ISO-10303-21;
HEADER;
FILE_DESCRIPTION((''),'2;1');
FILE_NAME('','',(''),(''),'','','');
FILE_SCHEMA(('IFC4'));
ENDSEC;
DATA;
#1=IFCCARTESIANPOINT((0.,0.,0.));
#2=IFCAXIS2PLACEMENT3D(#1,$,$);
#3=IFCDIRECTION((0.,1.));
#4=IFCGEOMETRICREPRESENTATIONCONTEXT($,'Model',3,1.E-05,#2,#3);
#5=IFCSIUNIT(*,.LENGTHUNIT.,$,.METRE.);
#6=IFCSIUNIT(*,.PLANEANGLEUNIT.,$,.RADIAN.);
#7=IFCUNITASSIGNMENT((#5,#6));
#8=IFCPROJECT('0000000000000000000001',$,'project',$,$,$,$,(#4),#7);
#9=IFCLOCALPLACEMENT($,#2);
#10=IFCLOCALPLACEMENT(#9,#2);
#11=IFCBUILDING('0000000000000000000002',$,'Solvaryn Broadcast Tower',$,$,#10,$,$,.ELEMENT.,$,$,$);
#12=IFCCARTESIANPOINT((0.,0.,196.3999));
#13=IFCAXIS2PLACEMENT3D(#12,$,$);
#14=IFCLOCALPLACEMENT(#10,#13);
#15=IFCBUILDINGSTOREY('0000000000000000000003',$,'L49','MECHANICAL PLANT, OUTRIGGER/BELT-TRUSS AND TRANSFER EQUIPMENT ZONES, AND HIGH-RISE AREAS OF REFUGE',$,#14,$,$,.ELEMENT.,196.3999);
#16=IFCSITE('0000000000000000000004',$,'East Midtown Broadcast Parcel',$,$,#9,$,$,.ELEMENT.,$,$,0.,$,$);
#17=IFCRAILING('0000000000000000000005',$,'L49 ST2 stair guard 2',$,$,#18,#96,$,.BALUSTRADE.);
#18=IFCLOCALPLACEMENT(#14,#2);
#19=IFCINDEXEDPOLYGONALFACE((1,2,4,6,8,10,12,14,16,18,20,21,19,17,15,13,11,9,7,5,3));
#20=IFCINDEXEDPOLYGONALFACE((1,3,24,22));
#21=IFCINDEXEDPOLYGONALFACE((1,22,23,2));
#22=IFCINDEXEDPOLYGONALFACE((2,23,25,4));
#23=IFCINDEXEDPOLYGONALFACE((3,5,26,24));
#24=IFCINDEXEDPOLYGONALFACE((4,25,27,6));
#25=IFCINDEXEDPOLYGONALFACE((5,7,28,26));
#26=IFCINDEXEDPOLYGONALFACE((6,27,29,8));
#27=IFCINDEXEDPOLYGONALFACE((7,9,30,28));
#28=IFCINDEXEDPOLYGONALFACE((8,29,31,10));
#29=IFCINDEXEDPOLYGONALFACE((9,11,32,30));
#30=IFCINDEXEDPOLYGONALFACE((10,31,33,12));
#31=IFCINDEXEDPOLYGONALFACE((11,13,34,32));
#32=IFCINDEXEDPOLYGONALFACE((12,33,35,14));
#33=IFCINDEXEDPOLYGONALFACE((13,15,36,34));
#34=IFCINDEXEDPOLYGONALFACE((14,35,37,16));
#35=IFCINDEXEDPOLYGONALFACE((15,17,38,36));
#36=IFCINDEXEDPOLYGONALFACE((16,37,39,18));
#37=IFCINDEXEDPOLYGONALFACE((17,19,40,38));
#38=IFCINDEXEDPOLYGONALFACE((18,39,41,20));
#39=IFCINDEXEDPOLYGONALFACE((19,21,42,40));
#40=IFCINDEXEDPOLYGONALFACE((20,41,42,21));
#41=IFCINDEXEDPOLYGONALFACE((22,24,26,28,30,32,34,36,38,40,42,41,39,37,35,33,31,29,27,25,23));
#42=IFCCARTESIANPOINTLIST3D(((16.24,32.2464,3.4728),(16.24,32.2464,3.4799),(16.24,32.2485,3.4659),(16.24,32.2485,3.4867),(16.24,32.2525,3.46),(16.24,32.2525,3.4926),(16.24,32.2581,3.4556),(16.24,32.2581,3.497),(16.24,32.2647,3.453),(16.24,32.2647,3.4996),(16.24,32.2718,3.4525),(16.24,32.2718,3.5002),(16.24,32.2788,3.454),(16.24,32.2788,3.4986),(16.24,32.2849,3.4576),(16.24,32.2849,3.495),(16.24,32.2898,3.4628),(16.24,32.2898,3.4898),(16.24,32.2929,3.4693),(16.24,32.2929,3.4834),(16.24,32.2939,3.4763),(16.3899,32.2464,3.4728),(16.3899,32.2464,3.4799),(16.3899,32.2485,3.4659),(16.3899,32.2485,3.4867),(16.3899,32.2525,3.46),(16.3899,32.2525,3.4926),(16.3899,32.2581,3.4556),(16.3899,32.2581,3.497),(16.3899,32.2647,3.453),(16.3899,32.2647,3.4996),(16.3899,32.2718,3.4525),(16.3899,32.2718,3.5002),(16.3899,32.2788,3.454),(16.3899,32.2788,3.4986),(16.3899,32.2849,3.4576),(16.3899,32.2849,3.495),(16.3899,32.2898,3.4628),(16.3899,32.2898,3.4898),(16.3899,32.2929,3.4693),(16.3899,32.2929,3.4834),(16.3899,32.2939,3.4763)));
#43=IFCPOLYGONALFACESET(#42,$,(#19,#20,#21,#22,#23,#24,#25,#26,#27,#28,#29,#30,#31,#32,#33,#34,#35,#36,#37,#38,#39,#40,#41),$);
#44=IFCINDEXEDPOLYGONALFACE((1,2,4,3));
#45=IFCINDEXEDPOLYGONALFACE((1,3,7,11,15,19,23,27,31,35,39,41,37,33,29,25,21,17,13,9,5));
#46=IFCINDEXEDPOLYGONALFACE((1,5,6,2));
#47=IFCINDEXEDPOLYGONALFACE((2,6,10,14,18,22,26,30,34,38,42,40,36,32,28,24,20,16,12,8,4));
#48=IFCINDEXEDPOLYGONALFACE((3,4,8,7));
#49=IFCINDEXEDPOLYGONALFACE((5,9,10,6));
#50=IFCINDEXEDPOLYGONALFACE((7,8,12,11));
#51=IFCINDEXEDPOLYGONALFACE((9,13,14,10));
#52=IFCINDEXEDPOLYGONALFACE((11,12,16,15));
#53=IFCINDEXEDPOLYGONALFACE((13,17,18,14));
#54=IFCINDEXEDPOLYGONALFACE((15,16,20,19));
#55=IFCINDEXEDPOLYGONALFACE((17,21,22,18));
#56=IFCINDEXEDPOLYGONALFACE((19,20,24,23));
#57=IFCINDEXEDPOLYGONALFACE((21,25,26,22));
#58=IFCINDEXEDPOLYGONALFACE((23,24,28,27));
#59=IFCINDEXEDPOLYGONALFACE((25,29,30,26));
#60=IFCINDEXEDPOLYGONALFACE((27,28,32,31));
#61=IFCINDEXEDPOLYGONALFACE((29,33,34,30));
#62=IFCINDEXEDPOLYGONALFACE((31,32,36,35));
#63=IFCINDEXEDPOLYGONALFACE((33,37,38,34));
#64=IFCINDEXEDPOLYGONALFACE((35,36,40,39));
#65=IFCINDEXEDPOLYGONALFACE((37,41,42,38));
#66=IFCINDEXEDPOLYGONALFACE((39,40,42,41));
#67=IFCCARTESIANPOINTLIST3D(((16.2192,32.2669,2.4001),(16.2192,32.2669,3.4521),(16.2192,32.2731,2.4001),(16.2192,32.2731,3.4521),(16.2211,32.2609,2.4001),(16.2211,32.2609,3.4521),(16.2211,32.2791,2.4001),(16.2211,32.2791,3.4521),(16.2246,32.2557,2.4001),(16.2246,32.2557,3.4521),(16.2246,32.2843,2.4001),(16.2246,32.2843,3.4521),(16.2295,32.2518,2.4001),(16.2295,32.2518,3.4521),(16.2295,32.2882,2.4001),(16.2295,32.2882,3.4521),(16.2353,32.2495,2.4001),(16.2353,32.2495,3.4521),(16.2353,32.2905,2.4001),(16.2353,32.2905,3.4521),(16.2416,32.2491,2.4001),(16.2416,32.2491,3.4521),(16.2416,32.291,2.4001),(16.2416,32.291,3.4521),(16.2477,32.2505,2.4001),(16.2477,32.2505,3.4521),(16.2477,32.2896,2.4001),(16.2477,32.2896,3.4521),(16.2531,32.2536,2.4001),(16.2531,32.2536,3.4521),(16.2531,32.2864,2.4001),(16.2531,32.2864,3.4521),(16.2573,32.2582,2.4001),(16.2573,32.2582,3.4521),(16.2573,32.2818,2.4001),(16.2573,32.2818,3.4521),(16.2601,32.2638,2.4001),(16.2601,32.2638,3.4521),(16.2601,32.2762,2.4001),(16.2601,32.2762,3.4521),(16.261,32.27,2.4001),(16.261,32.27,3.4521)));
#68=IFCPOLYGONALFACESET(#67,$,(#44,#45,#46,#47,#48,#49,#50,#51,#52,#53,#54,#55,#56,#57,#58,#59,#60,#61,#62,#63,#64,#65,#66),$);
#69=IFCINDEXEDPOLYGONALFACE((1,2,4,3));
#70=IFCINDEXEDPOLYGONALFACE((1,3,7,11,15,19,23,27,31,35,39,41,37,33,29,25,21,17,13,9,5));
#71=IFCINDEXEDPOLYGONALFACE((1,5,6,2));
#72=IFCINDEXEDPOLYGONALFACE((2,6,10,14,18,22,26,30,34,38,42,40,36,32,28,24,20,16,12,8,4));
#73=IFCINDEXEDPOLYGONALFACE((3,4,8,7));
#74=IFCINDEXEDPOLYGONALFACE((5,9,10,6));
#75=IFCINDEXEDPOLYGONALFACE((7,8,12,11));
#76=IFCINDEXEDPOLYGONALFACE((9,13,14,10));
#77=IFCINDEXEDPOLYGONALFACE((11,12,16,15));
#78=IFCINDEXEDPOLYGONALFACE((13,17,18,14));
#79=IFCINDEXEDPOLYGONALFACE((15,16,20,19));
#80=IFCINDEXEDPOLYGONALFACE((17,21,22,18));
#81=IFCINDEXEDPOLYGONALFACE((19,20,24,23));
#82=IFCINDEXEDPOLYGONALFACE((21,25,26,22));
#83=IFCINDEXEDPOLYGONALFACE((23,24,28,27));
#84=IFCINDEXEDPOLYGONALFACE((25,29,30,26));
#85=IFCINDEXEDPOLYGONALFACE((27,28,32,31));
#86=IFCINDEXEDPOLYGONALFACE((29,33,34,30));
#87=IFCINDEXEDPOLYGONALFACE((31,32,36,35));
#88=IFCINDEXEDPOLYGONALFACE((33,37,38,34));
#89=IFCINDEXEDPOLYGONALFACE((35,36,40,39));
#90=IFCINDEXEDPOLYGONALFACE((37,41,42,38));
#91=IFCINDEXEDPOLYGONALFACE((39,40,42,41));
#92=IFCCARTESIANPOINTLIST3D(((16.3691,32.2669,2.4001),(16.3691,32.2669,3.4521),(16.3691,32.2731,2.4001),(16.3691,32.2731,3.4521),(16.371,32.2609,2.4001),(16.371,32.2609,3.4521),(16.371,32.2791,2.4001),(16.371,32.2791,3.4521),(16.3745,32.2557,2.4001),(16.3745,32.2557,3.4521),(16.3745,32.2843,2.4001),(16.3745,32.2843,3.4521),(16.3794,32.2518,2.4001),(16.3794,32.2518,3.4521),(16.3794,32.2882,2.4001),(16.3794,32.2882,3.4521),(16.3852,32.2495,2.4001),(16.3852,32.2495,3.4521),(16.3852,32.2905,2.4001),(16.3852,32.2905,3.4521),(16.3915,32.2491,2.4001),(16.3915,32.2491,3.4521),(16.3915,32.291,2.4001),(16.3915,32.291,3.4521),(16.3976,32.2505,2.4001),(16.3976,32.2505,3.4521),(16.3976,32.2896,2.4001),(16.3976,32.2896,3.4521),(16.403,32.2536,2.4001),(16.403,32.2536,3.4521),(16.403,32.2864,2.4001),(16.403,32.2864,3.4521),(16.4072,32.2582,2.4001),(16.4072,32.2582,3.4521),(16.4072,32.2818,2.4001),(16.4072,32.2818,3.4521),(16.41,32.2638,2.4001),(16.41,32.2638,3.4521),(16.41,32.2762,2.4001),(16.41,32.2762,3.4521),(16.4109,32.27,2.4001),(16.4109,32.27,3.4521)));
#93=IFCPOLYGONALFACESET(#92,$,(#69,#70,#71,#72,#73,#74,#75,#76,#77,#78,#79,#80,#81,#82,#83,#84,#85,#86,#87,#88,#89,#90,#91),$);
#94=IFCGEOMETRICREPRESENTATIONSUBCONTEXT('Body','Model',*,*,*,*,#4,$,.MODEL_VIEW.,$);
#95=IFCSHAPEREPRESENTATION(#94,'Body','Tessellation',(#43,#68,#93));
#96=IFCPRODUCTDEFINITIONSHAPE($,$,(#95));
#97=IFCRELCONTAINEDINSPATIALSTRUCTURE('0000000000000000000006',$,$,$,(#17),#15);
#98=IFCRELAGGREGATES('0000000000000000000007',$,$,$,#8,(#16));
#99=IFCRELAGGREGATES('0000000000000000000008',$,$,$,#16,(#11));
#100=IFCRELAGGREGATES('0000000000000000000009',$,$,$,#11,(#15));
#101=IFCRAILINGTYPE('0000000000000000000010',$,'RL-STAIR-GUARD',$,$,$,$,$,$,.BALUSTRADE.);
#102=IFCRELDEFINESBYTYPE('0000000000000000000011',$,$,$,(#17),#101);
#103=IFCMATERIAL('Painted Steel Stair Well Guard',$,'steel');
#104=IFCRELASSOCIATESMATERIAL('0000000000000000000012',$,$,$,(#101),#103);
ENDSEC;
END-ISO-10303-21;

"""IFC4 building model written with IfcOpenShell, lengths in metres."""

from ifc_helpers import new_model, si_unit, direction, frame, origin, origin_2d, place, context, subcontext, project, spatial, circle, extrude, material, type_object, element, save


model = new_model("IFC4")

# Units and contexts
model_context = context("Model", 3, precision=1e-05, world=origin(), true_north=direction((0.0, 1.0)))
body_context = subcontext(model_context, "Body", "Model", "MODEL_VIEW")
ifc_project = project(units=[si_unit("LENGTHUNIT", "METRE"), si_unit("PLANEANGLEUNIT", "RADIAN")], contexts=[model_context])

# Site, building, storey
site_placement = place(None, origin())
site = spatial("IfcSite", under=ifc_project, at=site_placement, Name="East Midtown Broadcast Parcel", CompositionType="ELEMENT", RefElevation=0.0)
building_placement = place(site_placement, origin())
building = spatial("IfcBuilding", under=site, at=building_placement, Name="Solvaryn Broadcast Tower", CompositionType="ELEMENT")
storey_placement = place(building_placement, frame((0.0, 0.0, 196.3999)))
storey = spatial("IfcBuildingStorey", under=building, at=storey_placement, Name="L49", Description="MECHANICAL PLANT, OUTRIGGER/BELT-TRUSS AND TRANSFER EQUIPMENT ZONES, AND HIGH-RISE AREAS OF REFUGE", CompositionType="ELEMENT", Elevation=196.3999)

# Railing
ifc_material_1 = material(Name="Painted Steel Stair Well Guard", Category="steel")
railing_type_1 = type_object("IfcRailingType", Name="RL-STAIR-GUARD", PredefinedType="BALUSTRADE", material=ifc_material_1)
railing_1_placement = place(storey_placement, frame((16.24, 32.27, 2.4001)))
element("IfcRailing", 1, at=railing_1_placement, inside=storey, type_object=railing_type_1, Name="L49 ST2 stair guard 2", PredefinedType="BALUSTRADE", context=body_context, shape_type="SweptSolid", body=[
    extrude(circle(Radius=0.0239, at=origin_2d()), frame((0.0, 0.0, 1.0762), z_axis=(1.0, 0.0, 0.0), x_axis=(0.0, 1.0, 0.0)), (0.0, 0.0, 1.0), 0.1499),
    extrude(circle(Radius=0.021, at=origin_2d()), origin(), (0.0, 0.0, 1.0), 1.052),
    extrude(circle(Radius=0.021, at=origin_2d()), frame((0.1499, 0.0, 0.0)), (0.0, 0.0, 1.0), 1.052),
])

save(model, "model.ifc")
